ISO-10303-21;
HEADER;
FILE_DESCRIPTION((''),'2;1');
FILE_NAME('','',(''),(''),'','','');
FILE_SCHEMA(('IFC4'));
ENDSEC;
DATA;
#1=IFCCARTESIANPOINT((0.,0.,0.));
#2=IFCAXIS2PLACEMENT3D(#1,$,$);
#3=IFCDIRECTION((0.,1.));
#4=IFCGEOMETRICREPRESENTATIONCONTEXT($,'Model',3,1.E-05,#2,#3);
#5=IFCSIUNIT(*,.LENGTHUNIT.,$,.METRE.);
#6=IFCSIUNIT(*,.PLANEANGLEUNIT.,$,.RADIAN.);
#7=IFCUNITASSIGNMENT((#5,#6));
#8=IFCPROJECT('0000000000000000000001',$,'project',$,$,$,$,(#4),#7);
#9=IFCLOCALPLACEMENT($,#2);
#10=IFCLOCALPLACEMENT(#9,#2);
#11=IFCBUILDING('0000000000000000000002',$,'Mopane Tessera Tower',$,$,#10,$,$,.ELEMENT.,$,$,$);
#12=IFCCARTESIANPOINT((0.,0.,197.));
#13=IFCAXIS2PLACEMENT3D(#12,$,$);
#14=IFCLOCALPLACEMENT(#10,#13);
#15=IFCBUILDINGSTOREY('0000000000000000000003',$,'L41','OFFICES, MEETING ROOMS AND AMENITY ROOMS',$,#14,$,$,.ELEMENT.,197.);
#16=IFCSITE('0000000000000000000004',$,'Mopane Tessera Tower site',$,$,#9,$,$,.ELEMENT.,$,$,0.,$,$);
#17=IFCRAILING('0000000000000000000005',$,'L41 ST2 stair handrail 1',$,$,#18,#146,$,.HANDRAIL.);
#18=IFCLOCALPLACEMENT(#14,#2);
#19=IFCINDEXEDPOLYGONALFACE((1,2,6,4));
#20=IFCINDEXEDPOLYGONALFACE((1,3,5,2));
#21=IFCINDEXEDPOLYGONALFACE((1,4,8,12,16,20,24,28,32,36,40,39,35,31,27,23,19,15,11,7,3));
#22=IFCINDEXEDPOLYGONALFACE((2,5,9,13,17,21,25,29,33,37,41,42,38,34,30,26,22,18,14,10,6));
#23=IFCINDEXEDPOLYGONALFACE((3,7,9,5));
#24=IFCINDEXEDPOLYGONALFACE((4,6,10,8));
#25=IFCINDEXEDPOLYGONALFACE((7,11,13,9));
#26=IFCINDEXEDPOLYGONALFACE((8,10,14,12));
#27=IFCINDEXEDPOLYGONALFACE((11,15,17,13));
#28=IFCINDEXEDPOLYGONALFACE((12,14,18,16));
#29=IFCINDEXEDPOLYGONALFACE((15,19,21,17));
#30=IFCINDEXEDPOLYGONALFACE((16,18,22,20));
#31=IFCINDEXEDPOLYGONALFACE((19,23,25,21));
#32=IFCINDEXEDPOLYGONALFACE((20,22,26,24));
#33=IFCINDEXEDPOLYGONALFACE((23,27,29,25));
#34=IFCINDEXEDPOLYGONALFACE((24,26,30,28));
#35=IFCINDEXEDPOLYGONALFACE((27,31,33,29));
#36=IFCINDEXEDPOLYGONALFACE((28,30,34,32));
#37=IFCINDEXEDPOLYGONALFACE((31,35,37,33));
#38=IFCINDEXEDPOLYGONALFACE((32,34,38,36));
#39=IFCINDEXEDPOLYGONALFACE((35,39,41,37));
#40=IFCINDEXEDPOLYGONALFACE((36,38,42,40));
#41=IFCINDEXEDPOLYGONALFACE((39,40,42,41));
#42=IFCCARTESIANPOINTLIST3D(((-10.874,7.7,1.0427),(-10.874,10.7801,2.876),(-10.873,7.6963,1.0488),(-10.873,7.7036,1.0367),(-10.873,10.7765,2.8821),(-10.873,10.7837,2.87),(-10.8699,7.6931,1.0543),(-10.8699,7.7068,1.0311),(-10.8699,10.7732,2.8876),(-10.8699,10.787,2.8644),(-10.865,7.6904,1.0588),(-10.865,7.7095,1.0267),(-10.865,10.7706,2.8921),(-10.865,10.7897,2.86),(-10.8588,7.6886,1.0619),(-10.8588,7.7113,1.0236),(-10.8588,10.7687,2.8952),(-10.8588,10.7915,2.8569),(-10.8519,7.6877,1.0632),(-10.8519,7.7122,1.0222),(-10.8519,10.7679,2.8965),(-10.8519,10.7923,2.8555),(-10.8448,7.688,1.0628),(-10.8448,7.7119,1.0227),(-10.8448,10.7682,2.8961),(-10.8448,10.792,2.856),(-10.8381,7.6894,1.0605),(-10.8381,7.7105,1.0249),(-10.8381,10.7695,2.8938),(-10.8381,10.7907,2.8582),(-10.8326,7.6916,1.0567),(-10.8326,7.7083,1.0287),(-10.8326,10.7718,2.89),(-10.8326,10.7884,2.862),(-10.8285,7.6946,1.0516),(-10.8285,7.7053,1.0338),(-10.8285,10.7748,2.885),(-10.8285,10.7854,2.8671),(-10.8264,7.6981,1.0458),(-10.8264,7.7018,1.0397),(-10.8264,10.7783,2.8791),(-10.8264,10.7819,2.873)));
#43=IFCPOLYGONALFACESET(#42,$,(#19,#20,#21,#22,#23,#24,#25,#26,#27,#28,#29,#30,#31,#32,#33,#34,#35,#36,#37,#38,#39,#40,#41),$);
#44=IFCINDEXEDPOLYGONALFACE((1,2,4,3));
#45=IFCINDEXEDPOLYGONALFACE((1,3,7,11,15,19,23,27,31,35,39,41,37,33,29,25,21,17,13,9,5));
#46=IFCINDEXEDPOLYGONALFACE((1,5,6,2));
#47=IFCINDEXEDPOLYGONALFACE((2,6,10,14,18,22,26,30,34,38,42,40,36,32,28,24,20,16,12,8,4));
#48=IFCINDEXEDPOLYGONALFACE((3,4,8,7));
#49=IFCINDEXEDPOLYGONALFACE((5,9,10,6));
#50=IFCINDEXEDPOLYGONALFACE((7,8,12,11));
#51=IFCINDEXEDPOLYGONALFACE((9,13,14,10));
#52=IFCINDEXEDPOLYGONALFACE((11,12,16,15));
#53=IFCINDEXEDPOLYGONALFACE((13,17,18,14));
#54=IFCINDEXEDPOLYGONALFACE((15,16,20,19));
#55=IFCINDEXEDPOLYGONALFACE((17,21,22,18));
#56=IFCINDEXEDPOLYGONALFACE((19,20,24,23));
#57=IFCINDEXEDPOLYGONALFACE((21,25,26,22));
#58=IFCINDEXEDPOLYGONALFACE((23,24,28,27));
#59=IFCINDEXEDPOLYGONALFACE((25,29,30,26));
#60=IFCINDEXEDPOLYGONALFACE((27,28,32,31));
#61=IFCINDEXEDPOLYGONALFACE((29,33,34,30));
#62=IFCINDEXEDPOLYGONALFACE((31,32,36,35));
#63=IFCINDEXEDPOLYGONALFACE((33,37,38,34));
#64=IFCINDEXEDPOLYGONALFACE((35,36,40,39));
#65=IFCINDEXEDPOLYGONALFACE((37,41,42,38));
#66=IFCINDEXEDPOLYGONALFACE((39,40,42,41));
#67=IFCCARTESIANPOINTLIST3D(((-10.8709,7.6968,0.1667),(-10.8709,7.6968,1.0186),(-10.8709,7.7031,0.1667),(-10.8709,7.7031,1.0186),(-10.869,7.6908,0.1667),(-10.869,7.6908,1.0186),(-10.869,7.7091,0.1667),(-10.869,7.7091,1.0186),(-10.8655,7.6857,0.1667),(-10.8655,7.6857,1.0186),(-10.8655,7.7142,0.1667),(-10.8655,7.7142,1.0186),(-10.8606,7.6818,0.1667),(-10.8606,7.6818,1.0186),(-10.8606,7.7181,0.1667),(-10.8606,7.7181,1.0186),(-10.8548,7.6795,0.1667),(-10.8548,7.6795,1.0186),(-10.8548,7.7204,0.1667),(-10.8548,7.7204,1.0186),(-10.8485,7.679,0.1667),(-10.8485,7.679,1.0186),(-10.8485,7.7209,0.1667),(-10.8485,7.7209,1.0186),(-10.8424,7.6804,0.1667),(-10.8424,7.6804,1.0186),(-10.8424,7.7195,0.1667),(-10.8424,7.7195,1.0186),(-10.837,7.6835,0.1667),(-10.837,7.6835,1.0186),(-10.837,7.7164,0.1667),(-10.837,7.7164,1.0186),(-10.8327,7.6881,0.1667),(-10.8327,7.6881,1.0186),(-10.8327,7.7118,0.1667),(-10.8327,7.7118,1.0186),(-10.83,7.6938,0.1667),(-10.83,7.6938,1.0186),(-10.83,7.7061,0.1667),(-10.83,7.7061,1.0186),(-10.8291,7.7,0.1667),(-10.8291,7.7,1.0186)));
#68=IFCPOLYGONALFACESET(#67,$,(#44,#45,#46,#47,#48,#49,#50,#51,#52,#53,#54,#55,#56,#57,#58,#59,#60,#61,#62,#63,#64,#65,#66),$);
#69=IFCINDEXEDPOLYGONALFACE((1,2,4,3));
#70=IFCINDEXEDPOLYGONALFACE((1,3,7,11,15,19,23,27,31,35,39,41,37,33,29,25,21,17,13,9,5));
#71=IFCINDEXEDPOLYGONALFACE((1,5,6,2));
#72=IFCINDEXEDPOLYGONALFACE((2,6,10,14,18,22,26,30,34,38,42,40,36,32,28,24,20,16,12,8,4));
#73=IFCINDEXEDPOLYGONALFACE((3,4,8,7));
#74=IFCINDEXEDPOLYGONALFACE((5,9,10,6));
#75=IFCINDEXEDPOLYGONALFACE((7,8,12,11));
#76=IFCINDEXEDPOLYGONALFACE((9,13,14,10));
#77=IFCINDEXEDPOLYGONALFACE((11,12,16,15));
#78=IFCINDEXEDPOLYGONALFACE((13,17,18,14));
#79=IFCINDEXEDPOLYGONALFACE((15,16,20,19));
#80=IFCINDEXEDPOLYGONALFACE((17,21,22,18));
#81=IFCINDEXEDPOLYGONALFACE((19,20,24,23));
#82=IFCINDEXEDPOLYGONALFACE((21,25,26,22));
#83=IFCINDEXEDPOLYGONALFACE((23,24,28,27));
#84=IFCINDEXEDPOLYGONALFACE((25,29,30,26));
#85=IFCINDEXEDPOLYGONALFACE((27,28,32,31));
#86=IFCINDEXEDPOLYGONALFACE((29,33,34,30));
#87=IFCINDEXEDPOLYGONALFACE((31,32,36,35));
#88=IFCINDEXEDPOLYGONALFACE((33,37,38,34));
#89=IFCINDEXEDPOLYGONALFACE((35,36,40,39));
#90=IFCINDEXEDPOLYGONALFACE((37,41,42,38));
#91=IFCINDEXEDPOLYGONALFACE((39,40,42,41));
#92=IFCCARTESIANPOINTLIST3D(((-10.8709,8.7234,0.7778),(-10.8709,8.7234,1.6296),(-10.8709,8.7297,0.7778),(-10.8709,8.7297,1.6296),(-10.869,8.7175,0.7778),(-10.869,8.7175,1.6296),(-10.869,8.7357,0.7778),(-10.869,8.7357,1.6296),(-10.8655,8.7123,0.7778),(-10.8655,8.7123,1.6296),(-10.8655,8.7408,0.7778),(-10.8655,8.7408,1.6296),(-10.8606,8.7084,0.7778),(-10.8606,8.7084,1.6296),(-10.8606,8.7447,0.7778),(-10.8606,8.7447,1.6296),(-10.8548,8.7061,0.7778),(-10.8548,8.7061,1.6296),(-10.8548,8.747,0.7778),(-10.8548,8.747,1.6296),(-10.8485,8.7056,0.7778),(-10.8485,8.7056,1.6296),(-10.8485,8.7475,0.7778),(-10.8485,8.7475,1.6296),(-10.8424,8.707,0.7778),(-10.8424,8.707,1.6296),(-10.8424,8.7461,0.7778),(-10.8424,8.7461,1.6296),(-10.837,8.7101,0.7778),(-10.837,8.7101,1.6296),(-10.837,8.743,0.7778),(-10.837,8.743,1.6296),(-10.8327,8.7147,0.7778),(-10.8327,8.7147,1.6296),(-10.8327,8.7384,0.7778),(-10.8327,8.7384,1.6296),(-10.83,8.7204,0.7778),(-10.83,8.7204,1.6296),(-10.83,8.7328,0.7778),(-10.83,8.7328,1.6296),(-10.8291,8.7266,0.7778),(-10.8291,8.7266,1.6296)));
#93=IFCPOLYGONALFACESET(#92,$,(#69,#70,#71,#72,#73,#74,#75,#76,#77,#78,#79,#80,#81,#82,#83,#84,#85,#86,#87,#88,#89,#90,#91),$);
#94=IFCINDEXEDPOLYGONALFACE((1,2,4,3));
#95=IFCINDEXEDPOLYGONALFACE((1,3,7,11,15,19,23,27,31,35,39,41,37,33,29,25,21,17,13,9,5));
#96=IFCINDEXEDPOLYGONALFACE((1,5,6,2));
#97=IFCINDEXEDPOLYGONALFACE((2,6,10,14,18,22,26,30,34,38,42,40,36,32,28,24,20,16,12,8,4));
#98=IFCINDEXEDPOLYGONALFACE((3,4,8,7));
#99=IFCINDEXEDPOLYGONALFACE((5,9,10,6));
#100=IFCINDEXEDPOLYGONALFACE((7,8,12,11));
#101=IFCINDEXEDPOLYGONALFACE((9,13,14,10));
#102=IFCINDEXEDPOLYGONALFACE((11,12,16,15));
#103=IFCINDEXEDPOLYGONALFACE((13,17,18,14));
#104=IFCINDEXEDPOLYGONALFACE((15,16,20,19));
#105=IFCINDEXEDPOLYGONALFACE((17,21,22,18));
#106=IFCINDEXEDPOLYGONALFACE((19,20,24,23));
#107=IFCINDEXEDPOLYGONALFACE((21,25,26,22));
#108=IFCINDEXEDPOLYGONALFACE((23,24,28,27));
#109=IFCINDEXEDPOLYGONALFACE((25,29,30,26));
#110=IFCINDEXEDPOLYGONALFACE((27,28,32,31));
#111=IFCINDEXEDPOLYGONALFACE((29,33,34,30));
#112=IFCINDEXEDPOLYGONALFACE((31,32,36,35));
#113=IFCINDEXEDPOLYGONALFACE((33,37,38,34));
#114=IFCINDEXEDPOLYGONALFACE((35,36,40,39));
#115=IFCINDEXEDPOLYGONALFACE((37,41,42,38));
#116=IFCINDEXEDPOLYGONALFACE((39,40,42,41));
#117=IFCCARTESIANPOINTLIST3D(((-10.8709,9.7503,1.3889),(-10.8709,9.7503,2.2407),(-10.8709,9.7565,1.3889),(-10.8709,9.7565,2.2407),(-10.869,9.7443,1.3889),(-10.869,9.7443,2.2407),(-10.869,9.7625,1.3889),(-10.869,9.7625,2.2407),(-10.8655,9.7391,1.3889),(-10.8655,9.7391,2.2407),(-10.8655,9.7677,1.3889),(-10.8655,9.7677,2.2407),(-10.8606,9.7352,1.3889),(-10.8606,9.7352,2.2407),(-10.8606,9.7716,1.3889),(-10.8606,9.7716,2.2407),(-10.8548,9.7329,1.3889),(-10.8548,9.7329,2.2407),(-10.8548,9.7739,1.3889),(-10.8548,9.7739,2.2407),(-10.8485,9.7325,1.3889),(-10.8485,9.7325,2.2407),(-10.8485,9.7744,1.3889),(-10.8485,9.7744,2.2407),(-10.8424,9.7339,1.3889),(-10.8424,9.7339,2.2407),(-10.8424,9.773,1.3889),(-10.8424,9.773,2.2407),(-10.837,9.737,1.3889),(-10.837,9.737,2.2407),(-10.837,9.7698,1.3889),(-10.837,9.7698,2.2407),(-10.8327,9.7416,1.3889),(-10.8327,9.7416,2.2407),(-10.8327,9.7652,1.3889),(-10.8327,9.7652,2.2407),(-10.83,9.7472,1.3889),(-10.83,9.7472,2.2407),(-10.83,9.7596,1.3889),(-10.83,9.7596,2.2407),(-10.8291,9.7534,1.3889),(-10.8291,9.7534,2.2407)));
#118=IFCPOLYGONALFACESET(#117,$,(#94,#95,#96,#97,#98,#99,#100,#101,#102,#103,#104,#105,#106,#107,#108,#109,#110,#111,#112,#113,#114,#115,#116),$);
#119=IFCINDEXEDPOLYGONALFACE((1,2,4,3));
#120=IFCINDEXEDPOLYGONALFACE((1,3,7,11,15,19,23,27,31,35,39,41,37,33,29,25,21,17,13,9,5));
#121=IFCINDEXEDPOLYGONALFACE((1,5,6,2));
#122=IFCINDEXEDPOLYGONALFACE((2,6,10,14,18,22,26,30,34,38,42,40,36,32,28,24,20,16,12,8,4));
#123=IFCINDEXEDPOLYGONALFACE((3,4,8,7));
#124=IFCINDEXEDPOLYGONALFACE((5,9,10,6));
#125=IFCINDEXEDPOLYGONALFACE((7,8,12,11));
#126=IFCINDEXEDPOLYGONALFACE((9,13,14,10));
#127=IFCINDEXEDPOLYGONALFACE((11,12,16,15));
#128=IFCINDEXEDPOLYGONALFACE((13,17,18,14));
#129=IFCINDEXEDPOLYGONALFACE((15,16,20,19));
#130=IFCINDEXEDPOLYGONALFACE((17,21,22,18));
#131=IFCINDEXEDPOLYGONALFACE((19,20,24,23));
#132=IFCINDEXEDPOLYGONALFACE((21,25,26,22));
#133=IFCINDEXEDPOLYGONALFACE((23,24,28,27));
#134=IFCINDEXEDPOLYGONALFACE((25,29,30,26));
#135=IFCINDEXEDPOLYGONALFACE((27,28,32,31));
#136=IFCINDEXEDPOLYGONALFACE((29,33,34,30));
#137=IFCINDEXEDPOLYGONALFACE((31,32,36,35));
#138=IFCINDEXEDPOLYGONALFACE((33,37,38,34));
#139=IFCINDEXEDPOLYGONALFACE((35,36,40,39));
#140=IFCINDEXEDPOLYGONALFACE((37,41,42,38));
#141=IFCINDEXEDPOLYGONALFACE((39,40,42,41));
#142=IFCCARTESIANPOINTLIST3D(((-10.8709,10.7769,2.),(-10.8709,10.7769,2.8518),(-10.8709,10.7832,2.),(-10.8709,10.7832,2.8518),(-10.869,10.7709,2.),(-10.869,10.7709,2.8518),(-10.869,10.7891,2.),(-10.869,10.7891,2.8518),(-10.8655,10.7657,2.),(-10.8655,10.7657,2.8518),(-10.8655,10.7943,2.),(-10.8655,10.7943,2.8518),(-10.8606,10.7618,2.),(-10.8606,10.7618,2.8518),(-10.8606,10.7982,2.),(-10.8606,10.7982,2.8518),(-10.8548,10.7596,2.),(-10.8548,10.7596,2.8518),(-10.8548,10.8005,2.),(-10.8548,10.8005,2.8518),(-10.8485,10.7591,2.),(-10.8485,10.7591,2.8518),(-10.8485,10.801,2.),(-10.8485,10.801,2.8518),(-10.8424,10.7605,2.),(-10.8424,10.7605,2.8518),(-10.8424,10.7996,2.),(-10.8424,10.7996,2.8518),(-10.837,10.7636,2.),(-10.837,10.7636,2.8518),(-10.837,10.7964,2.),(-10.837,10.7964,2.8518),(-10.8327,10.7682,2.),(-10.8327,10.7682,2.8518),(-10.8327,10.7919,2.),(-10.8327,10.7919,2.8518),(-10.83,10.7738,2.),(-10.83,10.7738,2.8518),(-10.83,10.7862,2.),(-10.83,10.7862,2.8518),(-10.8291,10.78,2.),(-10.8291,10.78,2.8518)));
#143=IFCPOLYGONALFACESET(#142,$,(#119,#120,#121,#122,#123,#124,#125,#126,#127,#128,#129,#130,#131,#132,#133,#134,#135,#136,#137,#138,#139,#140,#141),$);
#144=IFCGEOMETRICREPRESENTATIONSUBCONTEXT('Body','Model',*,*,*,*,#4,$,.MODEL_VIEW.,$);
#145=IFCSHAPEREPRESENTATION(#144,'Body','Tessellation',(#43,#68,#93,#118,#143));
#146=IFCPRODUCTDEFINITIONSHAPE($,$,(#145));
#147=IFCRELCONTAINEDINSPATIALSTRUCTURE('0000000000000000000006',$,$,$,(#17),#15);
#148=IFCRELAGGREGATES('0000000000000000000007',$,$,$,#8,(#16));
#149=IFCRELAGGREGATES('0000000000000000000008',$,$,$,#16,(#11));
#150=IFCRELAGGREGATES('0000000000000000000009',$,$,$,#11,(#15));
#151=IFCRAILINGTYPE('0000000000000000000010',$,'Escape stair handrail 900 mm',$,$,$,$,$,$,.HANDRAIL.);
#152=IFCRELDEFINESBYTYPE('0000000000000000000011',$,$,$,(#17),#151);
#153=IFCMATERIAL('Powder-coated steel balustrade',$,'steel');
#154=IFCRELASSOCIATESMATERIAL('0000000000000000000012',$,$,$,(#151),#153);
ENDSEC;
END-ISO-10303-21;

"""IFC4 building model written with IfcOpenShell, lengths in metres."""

from ifc_helpers import new_model, si_unit, direction, frame, origin, origin_2d, place, context, subcontext, project, spatial, circle, extrude, material, type_object, element, save


model = new_model("IFC4")

# Units and contexts
model_context = context("Model", 3, precision=1e-05, world=origin(), true_north=direction((0.0, 1.0)))
body_context = subcontext(model_context, "Body", "Model", "MODEL_VIEW")
ifc_project = project(units=[si_unit("LENGTHUNIT", "METRE"), si_unit("PLANEANGLEUNIT", "RADIAN")], contexts=[model_context])

# Site, building, storey
site_placement = place(None, origin())
site = spatial("IfcSite", under=ifc_project, at=site_placement, Name="Mopane Tessera Tower site", CompositionType="ELEMENT", RefElevation=0.0)
building_placement = place(site_placement, origin())
building = spatial("IfcBuilding", under=site, at=building_placement, Name="Mopane Tessera Tower", CompositionType="ELEMENT")
storey_placement = place(building_placement, frame((0.0, 0.0, 197.0)))
storey = spatial("IfcBuildingStorey", under=building, at=storey_placement, Name="L41", Description="OFFICES, MEETING ROOMS AND AMENITY ROOMS", CompositionType="ELEMENT", Elevation=197.0)

# Railing
ifc_material_1 = material(Name="Powder-coated steel balustrade", Category="steel")
railing_type_1 = type_object("IfcRailingType", Name="Escape stair handrail 900 mm", PredefinedType="HANDRAIL", material=ifc_material_1)
railing_1_placement = place(storey_placement, frame((-10.8501, 7.7, 0.1667)))
element("IfcRailing", 1, at=railing_1_placement, inside=storey, type_object=railing_type_1, Name="L41 ST2 stair handrail 1", PredefinedType="HANDRAIL", context=body_context, shape_type="SweptSolid", body=[
    extrude(circle(Radius=0.0239, at=origin_2d()), frame((0.0, 0.0, 0.876), z_axis=(0.0, 0.859309, 0.511458), x_axis=(-1.0, 0.0, 0.0)), (0.0, 0.0, 1.0), 3.5845),
    extrude(circle(Radius=0.021, at=origin_2d()), origin(), (0.0, 0.0, 1.0), 0.8518),
    extrude(circle(Radius=0.021, at=origin_2d()), frame((0.0, 1.0266, 0.6111)), (0.0, 0.0, 1.0), 0.8518),
    extrude(circle(Radius=0.021, at=origin_2d()), frame((0.0, 2.0535, 1.2222)), (0.0, 0.0, 1.0), 0.8518),
    extrude(circle(Radius=0.021, at=origin_2d()), frame((0.0, 3.0801, 1.8333)), (0.0, 0.0, 1.0), 0.8518),
])

save(model, "model.ifc")
